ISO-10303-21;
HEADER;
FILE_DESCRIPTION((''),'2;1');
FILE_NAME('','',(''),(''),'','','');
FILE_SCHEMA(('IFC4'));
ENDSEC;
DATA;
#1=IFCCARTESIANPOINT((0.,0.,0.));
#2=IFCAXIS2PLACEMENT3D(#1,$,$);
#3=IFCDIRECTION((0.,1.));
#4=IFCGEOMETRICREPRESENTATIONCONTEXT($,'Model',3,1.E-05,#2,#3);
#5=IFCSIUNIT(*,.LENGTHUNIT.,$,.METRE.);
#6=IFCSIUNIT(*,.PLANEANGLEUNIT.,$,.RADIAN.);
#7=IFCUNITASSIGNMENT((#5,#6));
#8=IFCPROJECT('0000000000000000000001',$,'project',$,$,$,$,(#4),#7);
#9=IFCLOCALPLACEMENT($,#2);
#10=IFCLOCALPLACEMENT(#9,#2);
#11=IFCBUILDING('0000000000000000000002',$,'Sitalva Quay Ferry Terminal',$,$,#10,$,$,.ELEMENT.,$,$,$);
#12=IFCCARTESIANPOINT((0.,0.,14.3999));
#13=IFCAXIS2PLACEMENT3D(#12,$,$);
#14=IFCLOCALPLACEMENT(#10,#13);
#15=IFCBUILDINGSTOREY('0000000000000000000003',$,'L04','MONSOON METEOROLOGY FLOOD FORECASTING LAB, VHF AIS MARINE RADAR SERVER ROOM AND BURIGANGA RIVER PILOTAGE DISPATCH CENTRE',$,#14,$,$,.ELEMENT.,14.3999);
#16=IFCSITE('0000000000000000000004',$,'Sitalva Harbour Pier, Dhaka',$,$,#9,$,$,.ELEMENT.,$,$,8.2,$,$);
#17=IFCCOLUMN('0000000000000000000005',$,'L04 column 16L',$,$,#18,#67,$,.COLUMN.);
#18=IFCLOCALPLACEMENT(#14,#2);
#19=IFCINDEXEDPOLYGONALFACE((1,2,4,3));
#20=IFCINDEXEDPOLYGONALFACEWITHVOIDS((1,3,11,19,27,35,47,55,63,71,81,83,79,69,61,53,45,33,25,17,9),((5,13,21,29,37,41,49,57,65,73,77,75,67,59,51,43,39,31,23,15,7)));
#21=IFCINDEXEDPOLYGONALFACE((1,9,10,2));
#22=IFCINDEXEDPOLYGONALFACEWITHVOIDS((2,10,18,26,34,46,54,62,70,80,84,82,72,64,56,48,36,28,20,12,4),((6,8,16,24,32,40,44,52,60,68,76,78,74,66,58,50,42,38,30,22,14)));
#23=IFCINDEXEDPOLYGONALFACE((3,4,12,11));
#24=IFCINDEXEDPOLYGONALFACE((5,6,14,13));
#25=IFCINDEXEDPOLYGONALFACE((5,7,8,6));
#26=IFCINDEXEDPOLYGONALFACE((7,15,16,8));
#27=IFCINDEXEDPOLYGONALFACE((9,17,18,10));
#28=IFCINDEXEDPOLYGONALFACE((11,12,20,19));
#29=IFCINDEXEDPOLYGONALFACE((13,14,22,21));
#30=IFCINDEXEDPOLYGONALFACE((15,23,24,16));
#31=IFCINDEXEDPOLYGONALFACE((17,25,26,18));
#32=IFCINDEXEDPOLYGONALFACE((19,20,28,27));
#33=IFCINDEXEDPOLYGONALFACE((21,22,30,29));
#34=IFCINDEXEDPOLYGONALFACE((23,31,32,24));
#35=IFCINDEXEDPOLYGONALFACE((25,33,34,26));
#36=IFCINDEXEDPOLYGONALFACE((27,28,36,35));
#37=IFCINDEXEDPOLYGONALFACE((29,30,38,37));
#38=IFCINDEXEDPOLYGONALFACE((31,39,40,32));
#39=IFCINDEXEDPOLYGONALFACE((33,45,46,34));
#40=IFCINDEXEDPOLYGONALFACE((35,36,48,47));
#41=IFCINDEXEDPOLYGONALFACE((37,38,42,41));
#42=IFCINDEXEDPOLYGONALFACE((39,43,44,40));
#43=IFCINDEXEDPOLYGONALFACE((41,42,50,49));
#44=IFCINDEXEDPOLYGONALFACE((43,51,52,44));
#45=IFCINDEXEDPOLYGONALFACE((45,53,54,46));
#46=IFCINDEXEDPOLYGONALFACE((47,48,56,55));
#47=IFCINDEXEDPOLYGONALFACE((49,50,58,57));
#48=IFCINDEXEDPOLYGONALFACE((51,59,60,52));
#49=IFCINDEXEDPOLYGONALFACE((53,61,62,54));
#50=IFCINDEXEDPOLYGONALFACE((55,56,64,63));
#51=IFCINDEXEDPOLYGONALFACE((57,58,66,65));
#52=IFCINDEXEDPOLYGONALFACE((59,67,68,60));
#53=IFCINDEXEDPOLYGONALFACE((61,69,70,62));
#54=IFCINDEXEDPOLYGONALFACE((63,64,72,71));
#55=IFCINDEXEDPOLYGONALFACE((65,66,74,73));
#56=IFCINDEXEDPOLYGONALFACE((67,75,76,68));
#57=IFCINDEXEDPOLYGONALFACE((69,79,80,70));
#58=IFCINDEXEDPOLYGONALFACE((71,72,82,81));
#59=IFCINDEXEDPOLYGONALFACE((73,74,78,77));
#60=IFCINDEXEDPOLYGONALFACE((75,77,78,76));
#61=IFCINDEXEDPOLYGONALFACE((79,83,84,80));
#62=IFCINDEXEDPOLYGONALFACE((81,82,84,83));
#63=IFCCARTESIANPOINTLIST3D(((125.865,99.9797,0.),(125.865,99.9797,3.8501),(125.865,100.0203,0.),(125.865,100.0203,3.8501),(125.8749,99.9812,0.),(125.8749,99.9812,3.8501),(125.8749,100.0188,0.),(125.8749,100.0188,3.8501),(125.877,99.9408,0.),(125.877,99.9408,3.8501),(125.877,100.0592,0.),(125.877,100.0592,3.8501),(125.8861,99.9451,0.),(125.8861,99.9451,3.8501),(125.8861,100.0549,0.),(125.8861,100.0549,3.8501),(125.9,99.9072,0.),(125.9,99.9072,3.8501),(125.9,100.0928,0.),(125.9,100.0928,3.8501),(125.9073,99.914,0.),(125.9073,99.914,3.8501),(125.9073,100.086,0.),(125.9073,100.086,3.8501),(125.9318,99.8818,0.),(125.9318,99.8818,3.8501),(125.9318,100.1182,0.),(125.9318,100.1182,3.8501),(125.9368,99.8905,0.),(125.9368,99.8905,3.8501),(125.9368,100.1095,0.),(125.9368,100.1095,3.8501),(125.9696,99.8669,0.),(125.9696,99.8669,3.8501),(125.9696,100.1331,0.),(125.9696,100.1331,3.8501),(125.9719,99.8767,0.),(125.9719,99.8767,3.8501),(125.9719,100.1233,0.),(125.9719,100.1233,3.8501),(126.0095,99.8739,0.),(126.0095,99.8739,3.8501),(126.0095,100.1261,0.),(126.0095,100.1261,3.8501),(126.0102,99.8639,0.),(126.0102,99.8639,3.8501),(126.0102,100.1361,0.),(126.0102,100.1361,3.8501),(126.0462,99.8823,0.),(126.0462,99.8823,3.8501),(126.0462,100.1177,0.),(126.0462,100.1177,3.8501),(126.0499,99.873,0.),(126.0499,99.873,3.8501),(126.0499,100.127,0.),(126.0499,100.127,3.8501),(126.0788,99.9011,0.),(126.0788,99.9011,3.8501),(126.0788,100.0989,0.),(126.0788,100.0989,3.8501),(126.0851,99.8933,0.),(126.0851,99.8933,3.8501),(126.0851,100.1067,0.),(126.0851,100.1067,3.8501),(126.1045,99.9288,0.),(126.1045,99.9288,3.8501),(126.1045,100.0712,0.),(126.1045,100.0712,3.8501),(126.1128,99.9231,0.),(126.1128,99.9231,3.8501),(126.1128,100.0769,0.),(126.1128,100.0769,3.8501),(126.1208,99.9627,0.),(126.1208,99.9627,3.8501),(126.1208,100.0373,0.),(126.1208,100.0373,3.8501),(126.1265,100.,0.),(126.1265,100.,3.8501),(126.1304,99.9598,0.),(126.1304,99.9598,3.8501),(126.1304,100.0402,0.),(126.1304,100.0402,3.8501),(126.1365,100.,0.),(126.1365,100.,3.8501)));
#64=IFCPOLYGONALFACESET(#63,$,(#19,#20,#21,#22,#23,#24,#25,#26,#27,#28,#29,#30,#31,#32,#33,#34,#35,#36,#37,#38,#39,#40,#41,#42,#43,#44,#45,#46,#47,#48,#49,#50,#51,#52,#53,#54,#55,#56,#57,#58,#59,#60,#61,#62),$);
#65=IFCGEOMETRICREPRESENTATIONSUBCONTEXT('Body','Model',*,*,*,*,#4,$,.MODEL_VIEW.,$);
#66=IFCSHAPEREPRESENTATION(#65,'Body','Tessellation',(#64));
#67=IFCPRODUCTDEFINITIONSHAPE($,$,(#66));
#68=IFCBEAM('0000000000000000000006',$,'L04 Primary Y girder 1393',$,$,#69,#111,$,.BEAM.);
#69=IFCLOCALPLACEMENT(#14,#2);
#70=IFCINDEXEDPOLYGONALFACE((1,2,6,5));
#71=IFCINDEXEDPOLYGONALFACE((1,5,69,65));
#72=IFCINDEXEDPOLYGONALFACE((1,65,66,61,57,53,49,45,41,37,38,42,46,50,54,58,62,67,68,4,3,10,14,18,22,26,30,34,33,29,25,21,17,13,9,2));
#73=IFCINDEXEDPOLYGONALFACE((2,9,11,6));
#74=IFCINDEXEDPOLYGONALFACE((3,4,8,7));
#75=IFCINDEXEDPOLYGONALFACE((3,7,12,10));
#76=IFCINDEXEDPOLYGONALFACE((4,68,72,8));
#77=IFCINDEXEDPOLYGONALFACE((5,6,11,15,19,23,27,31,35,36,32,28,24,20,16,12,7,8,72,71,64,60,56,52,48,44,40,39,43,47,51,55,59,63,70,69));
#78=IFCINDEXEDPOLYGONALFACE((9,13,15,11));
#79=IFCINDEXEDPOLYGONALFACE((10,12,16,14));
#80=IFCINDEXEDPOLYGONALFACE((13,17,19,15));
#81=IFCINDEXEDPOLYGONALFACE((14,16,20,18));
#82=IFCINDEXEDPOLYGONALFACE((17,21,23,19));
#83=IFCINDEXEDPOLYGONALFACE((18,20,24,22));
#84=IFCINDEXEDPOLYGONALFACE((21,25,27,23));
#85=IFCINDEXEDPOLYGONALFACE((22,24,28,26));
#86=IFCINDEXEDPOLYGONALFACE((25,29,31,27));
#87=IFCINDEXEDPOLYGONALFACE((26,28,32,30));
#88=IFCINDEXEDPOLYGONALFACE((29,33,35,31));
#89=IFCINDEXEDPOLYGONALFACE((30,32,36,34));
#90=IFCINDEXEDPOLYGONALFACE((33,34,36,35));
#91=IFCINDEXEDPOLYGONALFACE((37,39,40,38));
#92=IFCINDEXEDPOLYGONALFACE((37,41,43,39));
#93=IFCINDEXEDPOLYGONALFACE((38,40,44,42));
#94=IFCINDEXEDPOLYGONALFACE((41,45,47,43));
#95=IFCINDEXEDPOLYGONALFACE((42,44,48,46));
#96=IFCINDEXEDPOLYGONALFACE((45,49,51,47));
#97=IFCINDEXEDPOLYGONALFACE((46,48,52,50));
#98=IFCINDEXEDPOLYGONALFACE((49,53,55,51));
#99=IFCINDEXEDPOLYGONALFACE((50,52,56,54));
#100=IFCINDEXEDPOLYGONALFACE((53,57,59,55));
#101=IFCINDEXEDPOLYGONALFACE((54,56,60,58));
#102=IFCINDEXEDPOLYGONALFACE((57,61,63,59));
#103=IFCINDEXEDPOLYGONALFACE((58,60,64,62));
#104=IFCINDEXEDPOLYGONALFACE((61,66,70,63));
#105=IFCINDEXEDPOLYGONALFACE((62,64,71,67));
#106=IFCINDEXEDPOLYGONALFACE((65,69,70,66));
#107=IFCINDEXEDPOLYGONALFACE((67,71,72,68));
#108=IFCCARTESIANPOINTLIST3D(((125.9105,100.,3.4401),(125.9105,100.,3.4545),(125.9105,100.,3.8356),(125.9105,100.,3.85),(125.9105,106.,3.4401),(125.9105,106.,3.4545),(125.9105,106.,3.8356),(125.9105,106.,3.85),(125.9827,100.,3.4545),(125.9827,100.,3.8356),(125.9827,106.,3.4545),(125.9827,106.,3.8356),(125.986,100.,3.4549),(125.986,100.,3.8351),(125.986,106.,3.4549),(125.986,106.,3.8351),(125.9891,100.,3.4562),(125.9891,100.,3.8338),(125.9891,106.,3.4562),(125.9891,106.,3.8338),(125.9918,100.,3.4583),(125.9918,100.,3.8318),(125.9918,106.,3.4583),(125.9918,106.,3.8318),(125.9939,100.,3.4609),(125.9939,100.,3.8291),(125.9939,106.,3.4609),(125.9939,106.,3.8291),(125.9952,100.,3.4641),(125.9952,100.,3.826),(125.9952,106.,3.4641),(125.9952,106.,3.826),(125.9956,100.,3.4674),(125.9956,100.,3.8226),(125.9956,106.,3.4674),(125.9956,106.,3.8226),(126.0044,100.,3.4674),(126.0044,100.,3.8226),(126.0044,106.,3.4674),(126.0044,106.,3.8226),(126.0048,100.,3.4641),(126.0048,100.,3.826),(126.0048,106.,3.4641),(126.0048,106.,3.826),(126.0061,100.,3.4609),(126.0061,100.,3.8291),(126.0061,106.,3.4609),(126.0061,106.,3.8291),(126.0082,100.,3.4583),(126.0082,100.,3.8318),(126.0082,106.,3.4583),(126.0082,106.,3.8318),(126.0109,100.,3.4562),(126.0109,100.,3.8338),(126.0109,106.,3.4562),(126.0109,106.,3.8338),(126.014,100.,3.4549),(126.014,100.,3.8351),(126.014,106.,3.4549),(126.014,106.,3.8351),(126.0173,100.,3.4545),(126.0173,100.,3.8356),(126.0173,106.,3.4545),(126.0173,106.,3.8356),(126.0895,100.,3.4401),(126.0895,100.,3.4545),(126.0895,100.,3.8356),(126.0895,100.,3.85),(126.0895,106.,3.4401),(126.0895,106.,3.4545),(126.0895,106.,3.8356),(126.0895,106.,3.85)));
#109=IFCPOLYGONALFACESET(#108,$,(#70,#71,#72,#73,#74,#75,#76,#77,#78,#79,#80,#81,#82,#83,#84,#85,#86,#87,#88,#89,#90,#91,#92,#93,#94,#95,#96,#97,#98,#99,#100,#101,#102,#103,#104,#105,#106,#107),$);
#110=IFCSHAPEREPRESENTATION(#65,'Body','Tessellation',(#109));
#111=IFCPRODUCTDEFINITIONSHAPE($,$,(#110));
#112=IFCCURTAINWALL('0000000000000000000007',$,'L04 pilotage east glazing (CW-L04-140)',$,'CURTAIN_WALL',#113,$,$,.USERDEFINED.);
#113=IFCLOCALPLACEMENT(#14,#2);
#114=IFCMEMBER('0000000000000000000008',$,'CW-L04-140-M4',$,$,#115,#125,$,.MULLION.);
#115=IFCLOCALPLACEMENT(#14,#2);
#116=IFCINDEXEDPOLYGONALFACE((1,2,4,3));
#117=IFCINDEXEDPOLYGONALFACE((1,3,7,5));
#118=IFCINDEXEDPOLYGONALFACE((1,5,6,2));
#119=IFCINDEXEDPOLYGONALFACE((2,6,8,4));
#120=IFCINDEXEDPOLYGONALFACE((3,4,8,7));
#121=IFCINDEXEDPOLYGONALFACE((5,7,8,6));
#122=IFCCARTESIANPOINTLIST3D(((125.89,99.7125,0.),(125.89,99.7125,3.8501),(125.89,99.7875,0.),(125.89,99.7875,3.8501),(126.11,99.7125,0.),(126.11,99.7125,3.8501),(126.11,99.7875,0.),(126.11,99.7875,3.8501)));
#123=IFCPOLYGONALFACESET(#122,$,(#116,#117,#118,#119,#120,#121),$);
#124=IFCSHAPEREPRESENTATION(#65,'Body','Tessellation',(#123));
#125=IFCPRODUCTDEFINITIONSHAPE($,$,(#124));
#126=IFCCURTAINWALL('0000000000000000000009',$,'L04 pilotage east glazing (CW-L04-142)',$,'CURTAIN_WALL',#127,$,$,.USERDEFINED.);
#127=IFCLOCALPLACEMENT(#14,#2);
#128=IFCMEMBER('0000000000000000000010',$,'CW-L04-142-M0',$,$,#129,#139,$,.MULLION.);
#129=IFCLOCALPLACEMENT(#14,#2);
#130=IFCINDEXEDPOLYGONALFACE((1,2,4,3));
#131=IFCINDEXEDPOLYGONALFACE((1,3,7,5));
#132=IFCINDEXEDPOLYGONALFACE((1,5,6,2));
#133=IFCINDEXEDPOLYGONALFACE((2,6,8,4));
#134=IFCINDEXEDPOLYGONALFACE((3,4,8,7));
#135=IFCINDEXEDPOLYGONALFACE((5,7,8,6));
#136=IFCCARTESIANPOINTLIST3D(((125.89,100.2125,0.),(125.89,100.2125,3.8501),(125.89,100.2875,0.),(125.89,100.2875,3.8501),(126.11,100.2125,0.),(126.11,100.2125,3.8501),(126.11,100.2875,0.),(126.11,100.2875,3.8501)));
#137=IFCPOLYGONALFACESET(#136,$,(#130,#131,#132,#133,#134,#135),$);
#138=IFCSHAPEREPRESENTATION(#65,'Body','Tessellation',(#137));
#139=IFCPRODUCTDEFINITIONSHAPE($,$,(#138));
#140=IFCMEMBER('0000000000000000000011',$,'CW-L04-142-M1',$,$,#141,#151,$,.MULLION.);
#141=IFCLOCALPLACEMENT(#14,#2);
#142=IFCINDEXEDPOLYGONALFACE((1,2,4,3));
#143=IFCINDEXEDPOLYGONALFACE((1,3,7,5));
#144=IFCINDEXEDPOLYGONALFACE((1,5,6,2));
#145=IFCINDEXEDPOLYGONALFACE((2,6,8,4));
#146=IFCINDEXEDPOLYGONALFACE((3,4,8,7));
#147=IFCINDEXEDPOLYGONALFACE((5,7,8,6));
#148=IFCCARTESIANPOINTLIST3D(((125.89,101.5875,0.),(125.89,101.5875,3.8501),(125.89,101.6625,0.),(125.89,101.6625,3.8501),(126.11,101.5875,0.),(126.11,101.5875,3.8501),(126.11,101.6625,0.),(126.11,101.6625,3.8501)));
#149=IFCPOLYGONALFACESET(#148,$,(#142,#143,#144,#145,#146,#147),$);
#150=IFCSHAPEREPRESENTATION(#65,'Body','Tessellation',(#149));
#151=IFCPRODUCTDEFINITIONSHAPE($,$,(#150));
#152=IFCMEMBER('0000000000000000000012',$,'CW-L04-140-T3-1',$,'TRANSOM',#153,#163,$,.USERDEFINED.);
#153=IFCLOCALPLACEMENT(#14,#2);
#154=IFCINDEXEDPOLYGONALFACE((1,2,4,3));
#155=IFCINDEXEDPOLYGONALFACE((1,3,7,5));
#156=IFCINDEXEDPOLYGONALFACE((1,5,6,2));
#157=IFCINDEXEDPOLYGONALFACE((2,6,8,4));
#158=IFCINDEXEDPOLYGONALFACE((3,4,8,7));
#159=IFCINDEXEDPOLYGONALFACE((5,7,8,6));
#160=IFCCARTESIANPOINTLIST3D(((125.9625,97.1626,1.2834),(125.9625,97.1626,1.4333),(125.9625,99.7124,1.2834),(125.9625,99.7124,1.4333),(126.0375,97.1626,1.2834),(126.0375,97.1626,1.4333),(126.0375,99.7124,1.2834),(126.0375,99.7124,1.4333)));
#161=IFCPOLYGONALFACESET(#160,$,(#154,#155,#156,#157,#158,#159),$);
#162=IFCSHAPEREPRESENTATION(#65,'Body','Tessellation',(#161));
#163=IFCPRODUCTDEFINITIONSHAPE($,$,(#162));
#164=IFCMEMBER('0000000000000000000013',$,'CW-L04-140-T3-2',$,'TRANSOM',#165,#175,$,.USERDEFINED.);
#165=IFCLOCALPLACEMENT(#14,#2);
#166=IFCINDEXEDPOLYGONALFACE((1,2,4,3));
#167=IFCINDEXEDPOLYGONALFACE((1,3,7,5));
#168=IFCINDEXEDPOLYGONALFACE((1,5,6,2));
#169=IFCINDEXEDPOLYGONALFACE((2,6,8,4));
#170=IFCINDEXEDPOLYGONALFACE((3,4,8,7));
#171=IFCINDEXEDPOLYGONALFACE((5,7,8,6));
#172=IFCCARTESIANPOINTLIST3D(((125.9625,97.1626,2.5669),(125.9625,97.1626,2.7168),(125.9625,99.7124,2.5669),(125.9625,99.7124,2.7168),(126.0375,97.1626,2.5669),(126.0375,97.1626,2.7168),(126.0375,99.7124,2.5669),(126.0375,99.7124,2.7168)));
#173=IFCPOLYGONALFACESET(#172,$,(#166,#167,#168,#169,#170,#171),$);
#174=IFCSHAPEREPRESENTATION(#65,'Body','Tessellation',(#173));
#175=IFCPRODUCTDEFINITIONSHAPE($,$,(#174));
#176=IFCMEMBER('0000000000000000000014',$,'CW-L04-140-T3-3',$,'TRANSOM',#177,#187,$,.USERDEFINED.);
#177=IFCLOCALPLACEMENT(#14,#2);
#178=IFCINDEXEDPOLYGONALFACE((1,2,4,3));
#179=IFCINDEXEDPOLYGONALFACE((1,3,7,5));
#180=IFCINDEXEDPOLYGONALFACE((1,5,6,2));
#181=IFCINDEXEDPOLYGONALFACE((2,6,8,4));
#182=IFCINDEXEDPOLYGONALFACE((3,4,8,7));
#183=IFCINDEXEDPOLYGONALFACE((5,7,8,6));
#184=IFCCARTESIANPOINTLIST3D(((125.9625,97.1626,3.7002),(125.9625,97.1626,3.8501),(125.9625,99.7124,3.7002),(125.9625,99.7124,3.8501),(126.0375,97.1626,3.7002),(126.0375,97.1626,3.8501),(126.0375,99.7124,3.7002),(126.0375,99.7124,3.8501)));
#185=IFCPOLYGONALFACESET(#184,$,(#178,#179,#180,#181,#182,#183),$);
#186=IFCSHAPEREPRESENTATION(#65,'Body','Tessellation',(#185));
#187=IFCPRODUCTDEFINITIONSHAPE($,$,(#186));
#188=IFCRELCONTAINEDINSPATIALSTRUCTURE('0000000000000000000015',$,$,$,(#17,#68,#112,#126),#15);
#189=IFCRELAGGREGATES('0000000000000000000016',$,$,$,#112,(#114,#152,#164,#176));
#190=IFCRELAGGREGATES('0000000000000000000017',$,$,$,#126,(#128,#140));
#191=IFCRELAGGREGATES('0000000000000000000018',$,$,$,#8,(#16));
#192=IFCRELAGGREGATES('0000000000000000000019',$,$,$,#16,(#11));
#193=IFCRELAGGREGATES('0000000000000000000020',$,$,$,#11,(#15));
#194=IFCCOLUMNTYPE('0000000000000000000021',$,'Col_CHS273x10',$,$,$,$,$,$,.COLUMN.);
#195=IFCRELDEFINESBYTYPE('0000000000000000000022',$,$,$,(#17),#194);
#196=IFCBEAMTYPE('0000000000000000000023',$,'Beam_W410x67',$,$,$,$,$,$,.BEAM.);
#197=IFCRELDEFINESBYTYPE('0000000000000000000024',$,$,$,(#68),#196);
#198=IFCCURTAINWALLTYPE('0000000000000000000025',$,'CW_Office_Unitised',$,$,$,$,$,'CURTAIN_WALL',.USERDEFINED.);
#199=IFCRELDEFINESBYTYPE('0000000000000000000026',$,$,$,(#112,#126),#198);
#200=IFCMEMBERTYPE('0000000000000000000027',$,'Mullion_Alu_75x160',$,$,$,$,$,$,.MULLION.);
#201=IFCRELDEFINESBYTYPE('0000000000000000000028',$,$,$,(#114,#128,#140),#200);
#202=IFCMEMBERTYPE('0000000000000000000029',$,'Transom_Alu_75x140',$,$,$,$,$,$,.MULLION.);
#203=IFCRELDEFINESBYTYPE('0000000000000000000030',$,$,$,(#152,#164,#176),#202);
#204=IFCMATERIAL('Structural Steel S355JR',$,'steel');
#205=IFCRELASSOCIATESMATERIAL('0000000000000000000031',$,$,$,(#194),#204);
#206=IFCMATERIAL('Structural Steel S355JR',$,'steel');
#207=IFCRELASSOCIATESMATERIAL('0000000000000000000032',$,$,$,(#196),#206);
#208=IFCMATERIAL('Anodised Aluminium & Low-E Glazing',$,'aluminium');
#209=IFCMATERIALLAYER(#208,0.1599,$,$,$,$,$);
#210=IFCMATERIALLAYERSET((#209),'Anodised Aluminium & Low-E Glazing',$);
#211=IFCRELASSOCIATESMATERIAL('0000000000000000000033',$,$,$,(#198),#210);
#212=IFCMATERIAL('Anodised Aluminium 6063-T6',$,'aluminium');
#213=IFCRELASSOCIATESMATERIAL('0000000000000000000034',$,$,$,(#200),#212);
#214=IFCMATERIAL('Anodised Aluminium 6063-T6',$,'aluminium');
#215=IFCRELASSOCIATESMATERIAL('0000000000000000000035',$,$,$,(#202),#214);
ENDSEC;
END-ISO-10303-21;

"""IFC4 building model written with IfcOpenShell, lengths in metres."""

from ifc_helpers import new_model, si_unit, direction, frame, origin, origin_2d, place, context, subcontext, project, spatial, rectangle, hollow_circle, i_section, extrude, material, layer, layer_set, material_profile, profile_set, type_object, element, aggregate, save


model = new_model("IFC4")

# Units and contexts
model_context = context("Model", 3, precision=1e-05, world=origin(), true_north=direction((0.0, 1.0)))
body_context = subcontext(model_context, "Body", "Model", "MODEL_VIEW")
ifc_project = project(units=[si_unit("LENGTHUNIT", "METRE"), si_unit("PLANEANGLEUNIT", "RADIAN")], contexts=[model_context])

# Site, building, storey
site_placement = place(None, origin())
site = spatial("IfcSite", under=ifc_project, at=site_placement, Name="Sitalva Harbour Pier, Dhaka", CompositionType="ELEMENT", RefElevation=8.2)
building_placement = place(site_placement, origin())
building = spatial("IfcBuilding", under=site, at=building_placement, Name="Sitalva Quay Ferry Terminal", CompositionType="ELEMENT")
storey_placement = place(building_placement, frame((0.0, 0.0, 14.3999)))
storey = spatial("IfcBuildingStorey", under=building, at=storey_placement, Name="L04", Description="MONSOON METEOROLOGY FLOOD FORECASTING LAB, VHF AIS MARINE RADAR SERVER ROOM AND BURIGANGA RIVER PILOTAGE DISPATCH CENTRE", CompositionType="ELEMENT", Elevation=14.3999)

# Column
ifc_material_1 = material(Name="Structural Steel S355JR", Category="steel")
ifc_material_profile_1 = material_profile(ifc_material_1, hollow_circle(Radius=0.1365, WallThickness=0.01, at=origin_2d()), Name="CHS273x10")
ifc_profile_set_1 = profile_set([ifc_material_profile_1], Name="Structural Steel S355JR")
column_type = type_object("IfcColumnType", Name="Col_CHS273x10", PredefinedType="COLUMN", material=ifc_profile_set_1)
column_placement = place(storey_placement, frame((126.0, 100.0, 0.0), z_axis=(0.0, 0.0, 1.0), x_axis=(1.0, 0.0, 0.0)))
element("IfcColumn", 1, at=column_placement, inside=storey, type_object=column_type, Name="L04 column 16L", PredefinedType="COLUMN", context=body_context, shape_type="SweptSolid", body=[
    extrude(hollow_circle(Radius=0.1365, WallThickness=0.01, at=origin_2d()), origin(), (0.0, 0.0, 1.0), 3.8501),
])

# Beam
ifc_material_2 = material(Name="Structural Steel S355JR", Category="steel")
ifc_material_profile_2 = material_profile(ifc_material_2, i_section(OverallWidth=0.179, OverallDepth=0.4099, WebThickness=0.0088, FlangeThickness=0.0144, FilletRadius=0.0129, at=origin_2d()), Name="W410x67")
ifc_profile_set_2 = profile_set([ifc_material_profile_2], Name="Structural Steel S355JR")
beam_type = type_object("IfcBeamType", Name="Beam_W410x67", PredefinedType="BEAM", material=ifc_profile_set_2)
beam_placement = place(storey_placement, frame((126.0, 100.0, 3.645), z_axis=(0.0, 1.0, 0.0), x_axis=(-1.0, 0.0, 0.0)))
element("IfcBeam", 2, at=beam_placement, inside=storey, type_object=beam_type, Name="L04 Primary Y girder 1393", PredefinedType="BEAM", context=body_context, shape_type="SweptSolid", body=[
    extrude(i_section(OverallWidth=0.179, OverallDepth=0.4099, WebThickness=0.0088, FlangeThickness=0.0144, FilletRadius=0.0129, at=origin_2d()), origin(), (0.0, 0.0, 1.0), 6.0),
])

# Curtain wall, member
ifc_material_3 = material(Name="Anodised Aluminium & Low-E Glazing", Category="aluminium")
ifc_layer_1 = layer(ifc_material_3, 0.1599)
ifc_layer_set_1 = layer_set([ifc_layer_1], Name="Anodised Aluminium & Low-E Glazing")
curtain_wall_type = type_object("IfcCurtainWallType", Name="CW_Office_Unitised", ElementType="CURTAIN_WALL", PredefinedType="USERDEFINED", material=ifc_layer_set_1)
curtain_wall_1_placement = place(storey_placement, origin())
curtain_wall_1 = element("IfcCurtainWall", 3, at=curtain_wall_1_placement, inside=storey, type_object=curtain_wall_type, Name="L04 pilotage east glazing (CW-L04-140)", ObjectType="CURTAIN_WALL", PredefinedType="USERDEFINED")
ifc_material_4 = material(Name="Anodised Aluminium 6063-T6", Category="aluminium")
ifc_material_profile_3 = material_profile(ifc_material_4, rectangle(XDim=0.075, YDim=0.22, at=origin_2d()), Name="ALU75x220")
ifc_profile_set_3 = profile_set([ifc_material_profile_3], Name="Anodised Aluminium 6063-T6")
member_type_1 = type_object("IfcMemberType", Name="Mullion_Alu_75x160", PredefinedType="MULLION", material=ifc_profile_set_3)
member_1_placement = place(storey_placement, frame((126.0, 99.75, 0.0), z_axis=(0.0, 0.0, 1.0), x_axis=(0.0, 1.0, 0.0)))
member_1 = element("IfcMember", 4, at=member_1_placement, type_object=member_type_1, Name="CW-L04-140-M4", PredefinedType="MULLION", context=body_context, shape_type="SweptSolid", body=[
    extrude(rectangle(XDim=0.075, YDim=0.22, at=origin_2d()), origin(), (0.0, 0.0, 1.0), 3.8501),
])

# Curtain wall, members
curtain_wall_2_placement = place(storey_placement, origin())
curtain_wall_2 = element("IfcCurtainWall", 5, at=curtain_wall_2_placement, inside=storey, type_object=curtain_wall_type, Name="L04 pilotage east glazing (CW-L04-142)", ObjectType="CURTAIN_WALL", PredefinedType="USERDEFINED")
member_2_placement = place(storey_placement, frame((126.0, 100.25, 0.0), z_axis=(0.0, 0.0, 1.0), x_axis=(0.0, 1.0, 0.0)))
member_2 = element("IfcMember", 6, at=member_2_placement, type_object=member_type_1, Name="CW-L04-142-M0", PredefinedType="MULLION", context=body_context, shape_type="SweptSolid", body=[
    extrude(rectangle(XDim=0.075, YDim=0.22, at=origin_2d()), origin(), (0.0, 0.0, 1.0), 3.8501),
])
member_3_placement = place(storey_placement, frame((126.0, 101.625, 0.0), z_axis=(0.0, 0.0, 1.0), x_axis=(0.0, 1.0, 0.0)))
member_3 = element("IfcMember", 7, at=member_3_placement, type_object=member_type_1, Name="CW-L04-142-M1", PredefinedType="MULLION", context=body_context, shape_type="SweptSolid", body=[
    extrude(rectangle(XDim=0.075, YDim=0.22, at=origin_2d()), origin(), (0.0, 0.0, 1.0), 3.8501),
])

# Members
ifc_material_5 = material(Name="Anodised Aluminium 6063-T6", Category="aluminium")
ifc_material_profile_4 = material_profile(ifc_material_5, rectangle(XDim=0.075, YDim=0.1499, at=origin_2d()), Name="ALU75x150")
ifc_profile_set_4 = profile_set([ifc_material_profile_4], Name="Anodised Aluminium 6063-T6")
member_type_2 = type_object("IfcMemberType", Name="Transom_Alu_75x140", PredefinedType="MULLION", material=ifc_profile_set_4)
member_4_placement = place(storey_placement, frame((126.0, 97.1626, 1.3584), z_axis=(0.0, 1.0, 0.0), x_axis=(-1.0, 0.0, 0.0)))
member_4 = element("IfcMember", 8, at=member_4_placement, type_object=member_type_2, Name="CW-L04-140-T3-1", ObjectType="TRANSOM", PredefinedType="USERDEFINED", context=body_context, shape_type="SweptSolid", body=[
    extrude(rectangle(XDim=0.075, YDim=0.1499, at=origin_2d()), origin(), (0.0, 0.0, 1.0), 2.5498),
])
member_5_placement = place(storey_placement, frame((126.0, 97.1626, 2.6418), z_axis=(0.0, 1.0, 0.0), x_axis=(-1.0, 0.0, 0.0)))
member_5 = element("IfcMember", 9, at=member_5_placement, type_object=member_type_2, Name="CW-L04-140-T3-2", ObjectType="TRANSOM", PredefinedType="USERDEFINED", context=body_context, shape_type="SweptSolid", body=[
    extrude(rectangle(XDim=0.075, YDim=0.1499, at=origin_2d()), origin(), (0.0, 0.0, 1.0), 2.5498),
])
member_6_placement = place(storey_placement, frame((126.0, 97.1626, 3.7751), z_axis=(0.0, 1.0, 0.0), x_axis=(-1.0, 0.0, 0.0)))
member_6 = element("IfcMember", 10, at=member_6_placement, type_object=member_type_2, Name="CW-L04-140-T3-3", ObjectType="TRANSOM", PredefinedType="USERDEFINED", context=body_context, shape_type="SweptSolid", body=[
    extrude(rectangle(XDim=0.075, YDim=0.1499, at=origin_2d()), origin(), (0.0, 0.0, 1.0), 2.5498),
])

aggregate(curtain_wall_1, [member_1, member_4, member_5, member_6])
aggregate(curtain_wall_2, [member_2, member_3])

save(model, "model.ifc")
